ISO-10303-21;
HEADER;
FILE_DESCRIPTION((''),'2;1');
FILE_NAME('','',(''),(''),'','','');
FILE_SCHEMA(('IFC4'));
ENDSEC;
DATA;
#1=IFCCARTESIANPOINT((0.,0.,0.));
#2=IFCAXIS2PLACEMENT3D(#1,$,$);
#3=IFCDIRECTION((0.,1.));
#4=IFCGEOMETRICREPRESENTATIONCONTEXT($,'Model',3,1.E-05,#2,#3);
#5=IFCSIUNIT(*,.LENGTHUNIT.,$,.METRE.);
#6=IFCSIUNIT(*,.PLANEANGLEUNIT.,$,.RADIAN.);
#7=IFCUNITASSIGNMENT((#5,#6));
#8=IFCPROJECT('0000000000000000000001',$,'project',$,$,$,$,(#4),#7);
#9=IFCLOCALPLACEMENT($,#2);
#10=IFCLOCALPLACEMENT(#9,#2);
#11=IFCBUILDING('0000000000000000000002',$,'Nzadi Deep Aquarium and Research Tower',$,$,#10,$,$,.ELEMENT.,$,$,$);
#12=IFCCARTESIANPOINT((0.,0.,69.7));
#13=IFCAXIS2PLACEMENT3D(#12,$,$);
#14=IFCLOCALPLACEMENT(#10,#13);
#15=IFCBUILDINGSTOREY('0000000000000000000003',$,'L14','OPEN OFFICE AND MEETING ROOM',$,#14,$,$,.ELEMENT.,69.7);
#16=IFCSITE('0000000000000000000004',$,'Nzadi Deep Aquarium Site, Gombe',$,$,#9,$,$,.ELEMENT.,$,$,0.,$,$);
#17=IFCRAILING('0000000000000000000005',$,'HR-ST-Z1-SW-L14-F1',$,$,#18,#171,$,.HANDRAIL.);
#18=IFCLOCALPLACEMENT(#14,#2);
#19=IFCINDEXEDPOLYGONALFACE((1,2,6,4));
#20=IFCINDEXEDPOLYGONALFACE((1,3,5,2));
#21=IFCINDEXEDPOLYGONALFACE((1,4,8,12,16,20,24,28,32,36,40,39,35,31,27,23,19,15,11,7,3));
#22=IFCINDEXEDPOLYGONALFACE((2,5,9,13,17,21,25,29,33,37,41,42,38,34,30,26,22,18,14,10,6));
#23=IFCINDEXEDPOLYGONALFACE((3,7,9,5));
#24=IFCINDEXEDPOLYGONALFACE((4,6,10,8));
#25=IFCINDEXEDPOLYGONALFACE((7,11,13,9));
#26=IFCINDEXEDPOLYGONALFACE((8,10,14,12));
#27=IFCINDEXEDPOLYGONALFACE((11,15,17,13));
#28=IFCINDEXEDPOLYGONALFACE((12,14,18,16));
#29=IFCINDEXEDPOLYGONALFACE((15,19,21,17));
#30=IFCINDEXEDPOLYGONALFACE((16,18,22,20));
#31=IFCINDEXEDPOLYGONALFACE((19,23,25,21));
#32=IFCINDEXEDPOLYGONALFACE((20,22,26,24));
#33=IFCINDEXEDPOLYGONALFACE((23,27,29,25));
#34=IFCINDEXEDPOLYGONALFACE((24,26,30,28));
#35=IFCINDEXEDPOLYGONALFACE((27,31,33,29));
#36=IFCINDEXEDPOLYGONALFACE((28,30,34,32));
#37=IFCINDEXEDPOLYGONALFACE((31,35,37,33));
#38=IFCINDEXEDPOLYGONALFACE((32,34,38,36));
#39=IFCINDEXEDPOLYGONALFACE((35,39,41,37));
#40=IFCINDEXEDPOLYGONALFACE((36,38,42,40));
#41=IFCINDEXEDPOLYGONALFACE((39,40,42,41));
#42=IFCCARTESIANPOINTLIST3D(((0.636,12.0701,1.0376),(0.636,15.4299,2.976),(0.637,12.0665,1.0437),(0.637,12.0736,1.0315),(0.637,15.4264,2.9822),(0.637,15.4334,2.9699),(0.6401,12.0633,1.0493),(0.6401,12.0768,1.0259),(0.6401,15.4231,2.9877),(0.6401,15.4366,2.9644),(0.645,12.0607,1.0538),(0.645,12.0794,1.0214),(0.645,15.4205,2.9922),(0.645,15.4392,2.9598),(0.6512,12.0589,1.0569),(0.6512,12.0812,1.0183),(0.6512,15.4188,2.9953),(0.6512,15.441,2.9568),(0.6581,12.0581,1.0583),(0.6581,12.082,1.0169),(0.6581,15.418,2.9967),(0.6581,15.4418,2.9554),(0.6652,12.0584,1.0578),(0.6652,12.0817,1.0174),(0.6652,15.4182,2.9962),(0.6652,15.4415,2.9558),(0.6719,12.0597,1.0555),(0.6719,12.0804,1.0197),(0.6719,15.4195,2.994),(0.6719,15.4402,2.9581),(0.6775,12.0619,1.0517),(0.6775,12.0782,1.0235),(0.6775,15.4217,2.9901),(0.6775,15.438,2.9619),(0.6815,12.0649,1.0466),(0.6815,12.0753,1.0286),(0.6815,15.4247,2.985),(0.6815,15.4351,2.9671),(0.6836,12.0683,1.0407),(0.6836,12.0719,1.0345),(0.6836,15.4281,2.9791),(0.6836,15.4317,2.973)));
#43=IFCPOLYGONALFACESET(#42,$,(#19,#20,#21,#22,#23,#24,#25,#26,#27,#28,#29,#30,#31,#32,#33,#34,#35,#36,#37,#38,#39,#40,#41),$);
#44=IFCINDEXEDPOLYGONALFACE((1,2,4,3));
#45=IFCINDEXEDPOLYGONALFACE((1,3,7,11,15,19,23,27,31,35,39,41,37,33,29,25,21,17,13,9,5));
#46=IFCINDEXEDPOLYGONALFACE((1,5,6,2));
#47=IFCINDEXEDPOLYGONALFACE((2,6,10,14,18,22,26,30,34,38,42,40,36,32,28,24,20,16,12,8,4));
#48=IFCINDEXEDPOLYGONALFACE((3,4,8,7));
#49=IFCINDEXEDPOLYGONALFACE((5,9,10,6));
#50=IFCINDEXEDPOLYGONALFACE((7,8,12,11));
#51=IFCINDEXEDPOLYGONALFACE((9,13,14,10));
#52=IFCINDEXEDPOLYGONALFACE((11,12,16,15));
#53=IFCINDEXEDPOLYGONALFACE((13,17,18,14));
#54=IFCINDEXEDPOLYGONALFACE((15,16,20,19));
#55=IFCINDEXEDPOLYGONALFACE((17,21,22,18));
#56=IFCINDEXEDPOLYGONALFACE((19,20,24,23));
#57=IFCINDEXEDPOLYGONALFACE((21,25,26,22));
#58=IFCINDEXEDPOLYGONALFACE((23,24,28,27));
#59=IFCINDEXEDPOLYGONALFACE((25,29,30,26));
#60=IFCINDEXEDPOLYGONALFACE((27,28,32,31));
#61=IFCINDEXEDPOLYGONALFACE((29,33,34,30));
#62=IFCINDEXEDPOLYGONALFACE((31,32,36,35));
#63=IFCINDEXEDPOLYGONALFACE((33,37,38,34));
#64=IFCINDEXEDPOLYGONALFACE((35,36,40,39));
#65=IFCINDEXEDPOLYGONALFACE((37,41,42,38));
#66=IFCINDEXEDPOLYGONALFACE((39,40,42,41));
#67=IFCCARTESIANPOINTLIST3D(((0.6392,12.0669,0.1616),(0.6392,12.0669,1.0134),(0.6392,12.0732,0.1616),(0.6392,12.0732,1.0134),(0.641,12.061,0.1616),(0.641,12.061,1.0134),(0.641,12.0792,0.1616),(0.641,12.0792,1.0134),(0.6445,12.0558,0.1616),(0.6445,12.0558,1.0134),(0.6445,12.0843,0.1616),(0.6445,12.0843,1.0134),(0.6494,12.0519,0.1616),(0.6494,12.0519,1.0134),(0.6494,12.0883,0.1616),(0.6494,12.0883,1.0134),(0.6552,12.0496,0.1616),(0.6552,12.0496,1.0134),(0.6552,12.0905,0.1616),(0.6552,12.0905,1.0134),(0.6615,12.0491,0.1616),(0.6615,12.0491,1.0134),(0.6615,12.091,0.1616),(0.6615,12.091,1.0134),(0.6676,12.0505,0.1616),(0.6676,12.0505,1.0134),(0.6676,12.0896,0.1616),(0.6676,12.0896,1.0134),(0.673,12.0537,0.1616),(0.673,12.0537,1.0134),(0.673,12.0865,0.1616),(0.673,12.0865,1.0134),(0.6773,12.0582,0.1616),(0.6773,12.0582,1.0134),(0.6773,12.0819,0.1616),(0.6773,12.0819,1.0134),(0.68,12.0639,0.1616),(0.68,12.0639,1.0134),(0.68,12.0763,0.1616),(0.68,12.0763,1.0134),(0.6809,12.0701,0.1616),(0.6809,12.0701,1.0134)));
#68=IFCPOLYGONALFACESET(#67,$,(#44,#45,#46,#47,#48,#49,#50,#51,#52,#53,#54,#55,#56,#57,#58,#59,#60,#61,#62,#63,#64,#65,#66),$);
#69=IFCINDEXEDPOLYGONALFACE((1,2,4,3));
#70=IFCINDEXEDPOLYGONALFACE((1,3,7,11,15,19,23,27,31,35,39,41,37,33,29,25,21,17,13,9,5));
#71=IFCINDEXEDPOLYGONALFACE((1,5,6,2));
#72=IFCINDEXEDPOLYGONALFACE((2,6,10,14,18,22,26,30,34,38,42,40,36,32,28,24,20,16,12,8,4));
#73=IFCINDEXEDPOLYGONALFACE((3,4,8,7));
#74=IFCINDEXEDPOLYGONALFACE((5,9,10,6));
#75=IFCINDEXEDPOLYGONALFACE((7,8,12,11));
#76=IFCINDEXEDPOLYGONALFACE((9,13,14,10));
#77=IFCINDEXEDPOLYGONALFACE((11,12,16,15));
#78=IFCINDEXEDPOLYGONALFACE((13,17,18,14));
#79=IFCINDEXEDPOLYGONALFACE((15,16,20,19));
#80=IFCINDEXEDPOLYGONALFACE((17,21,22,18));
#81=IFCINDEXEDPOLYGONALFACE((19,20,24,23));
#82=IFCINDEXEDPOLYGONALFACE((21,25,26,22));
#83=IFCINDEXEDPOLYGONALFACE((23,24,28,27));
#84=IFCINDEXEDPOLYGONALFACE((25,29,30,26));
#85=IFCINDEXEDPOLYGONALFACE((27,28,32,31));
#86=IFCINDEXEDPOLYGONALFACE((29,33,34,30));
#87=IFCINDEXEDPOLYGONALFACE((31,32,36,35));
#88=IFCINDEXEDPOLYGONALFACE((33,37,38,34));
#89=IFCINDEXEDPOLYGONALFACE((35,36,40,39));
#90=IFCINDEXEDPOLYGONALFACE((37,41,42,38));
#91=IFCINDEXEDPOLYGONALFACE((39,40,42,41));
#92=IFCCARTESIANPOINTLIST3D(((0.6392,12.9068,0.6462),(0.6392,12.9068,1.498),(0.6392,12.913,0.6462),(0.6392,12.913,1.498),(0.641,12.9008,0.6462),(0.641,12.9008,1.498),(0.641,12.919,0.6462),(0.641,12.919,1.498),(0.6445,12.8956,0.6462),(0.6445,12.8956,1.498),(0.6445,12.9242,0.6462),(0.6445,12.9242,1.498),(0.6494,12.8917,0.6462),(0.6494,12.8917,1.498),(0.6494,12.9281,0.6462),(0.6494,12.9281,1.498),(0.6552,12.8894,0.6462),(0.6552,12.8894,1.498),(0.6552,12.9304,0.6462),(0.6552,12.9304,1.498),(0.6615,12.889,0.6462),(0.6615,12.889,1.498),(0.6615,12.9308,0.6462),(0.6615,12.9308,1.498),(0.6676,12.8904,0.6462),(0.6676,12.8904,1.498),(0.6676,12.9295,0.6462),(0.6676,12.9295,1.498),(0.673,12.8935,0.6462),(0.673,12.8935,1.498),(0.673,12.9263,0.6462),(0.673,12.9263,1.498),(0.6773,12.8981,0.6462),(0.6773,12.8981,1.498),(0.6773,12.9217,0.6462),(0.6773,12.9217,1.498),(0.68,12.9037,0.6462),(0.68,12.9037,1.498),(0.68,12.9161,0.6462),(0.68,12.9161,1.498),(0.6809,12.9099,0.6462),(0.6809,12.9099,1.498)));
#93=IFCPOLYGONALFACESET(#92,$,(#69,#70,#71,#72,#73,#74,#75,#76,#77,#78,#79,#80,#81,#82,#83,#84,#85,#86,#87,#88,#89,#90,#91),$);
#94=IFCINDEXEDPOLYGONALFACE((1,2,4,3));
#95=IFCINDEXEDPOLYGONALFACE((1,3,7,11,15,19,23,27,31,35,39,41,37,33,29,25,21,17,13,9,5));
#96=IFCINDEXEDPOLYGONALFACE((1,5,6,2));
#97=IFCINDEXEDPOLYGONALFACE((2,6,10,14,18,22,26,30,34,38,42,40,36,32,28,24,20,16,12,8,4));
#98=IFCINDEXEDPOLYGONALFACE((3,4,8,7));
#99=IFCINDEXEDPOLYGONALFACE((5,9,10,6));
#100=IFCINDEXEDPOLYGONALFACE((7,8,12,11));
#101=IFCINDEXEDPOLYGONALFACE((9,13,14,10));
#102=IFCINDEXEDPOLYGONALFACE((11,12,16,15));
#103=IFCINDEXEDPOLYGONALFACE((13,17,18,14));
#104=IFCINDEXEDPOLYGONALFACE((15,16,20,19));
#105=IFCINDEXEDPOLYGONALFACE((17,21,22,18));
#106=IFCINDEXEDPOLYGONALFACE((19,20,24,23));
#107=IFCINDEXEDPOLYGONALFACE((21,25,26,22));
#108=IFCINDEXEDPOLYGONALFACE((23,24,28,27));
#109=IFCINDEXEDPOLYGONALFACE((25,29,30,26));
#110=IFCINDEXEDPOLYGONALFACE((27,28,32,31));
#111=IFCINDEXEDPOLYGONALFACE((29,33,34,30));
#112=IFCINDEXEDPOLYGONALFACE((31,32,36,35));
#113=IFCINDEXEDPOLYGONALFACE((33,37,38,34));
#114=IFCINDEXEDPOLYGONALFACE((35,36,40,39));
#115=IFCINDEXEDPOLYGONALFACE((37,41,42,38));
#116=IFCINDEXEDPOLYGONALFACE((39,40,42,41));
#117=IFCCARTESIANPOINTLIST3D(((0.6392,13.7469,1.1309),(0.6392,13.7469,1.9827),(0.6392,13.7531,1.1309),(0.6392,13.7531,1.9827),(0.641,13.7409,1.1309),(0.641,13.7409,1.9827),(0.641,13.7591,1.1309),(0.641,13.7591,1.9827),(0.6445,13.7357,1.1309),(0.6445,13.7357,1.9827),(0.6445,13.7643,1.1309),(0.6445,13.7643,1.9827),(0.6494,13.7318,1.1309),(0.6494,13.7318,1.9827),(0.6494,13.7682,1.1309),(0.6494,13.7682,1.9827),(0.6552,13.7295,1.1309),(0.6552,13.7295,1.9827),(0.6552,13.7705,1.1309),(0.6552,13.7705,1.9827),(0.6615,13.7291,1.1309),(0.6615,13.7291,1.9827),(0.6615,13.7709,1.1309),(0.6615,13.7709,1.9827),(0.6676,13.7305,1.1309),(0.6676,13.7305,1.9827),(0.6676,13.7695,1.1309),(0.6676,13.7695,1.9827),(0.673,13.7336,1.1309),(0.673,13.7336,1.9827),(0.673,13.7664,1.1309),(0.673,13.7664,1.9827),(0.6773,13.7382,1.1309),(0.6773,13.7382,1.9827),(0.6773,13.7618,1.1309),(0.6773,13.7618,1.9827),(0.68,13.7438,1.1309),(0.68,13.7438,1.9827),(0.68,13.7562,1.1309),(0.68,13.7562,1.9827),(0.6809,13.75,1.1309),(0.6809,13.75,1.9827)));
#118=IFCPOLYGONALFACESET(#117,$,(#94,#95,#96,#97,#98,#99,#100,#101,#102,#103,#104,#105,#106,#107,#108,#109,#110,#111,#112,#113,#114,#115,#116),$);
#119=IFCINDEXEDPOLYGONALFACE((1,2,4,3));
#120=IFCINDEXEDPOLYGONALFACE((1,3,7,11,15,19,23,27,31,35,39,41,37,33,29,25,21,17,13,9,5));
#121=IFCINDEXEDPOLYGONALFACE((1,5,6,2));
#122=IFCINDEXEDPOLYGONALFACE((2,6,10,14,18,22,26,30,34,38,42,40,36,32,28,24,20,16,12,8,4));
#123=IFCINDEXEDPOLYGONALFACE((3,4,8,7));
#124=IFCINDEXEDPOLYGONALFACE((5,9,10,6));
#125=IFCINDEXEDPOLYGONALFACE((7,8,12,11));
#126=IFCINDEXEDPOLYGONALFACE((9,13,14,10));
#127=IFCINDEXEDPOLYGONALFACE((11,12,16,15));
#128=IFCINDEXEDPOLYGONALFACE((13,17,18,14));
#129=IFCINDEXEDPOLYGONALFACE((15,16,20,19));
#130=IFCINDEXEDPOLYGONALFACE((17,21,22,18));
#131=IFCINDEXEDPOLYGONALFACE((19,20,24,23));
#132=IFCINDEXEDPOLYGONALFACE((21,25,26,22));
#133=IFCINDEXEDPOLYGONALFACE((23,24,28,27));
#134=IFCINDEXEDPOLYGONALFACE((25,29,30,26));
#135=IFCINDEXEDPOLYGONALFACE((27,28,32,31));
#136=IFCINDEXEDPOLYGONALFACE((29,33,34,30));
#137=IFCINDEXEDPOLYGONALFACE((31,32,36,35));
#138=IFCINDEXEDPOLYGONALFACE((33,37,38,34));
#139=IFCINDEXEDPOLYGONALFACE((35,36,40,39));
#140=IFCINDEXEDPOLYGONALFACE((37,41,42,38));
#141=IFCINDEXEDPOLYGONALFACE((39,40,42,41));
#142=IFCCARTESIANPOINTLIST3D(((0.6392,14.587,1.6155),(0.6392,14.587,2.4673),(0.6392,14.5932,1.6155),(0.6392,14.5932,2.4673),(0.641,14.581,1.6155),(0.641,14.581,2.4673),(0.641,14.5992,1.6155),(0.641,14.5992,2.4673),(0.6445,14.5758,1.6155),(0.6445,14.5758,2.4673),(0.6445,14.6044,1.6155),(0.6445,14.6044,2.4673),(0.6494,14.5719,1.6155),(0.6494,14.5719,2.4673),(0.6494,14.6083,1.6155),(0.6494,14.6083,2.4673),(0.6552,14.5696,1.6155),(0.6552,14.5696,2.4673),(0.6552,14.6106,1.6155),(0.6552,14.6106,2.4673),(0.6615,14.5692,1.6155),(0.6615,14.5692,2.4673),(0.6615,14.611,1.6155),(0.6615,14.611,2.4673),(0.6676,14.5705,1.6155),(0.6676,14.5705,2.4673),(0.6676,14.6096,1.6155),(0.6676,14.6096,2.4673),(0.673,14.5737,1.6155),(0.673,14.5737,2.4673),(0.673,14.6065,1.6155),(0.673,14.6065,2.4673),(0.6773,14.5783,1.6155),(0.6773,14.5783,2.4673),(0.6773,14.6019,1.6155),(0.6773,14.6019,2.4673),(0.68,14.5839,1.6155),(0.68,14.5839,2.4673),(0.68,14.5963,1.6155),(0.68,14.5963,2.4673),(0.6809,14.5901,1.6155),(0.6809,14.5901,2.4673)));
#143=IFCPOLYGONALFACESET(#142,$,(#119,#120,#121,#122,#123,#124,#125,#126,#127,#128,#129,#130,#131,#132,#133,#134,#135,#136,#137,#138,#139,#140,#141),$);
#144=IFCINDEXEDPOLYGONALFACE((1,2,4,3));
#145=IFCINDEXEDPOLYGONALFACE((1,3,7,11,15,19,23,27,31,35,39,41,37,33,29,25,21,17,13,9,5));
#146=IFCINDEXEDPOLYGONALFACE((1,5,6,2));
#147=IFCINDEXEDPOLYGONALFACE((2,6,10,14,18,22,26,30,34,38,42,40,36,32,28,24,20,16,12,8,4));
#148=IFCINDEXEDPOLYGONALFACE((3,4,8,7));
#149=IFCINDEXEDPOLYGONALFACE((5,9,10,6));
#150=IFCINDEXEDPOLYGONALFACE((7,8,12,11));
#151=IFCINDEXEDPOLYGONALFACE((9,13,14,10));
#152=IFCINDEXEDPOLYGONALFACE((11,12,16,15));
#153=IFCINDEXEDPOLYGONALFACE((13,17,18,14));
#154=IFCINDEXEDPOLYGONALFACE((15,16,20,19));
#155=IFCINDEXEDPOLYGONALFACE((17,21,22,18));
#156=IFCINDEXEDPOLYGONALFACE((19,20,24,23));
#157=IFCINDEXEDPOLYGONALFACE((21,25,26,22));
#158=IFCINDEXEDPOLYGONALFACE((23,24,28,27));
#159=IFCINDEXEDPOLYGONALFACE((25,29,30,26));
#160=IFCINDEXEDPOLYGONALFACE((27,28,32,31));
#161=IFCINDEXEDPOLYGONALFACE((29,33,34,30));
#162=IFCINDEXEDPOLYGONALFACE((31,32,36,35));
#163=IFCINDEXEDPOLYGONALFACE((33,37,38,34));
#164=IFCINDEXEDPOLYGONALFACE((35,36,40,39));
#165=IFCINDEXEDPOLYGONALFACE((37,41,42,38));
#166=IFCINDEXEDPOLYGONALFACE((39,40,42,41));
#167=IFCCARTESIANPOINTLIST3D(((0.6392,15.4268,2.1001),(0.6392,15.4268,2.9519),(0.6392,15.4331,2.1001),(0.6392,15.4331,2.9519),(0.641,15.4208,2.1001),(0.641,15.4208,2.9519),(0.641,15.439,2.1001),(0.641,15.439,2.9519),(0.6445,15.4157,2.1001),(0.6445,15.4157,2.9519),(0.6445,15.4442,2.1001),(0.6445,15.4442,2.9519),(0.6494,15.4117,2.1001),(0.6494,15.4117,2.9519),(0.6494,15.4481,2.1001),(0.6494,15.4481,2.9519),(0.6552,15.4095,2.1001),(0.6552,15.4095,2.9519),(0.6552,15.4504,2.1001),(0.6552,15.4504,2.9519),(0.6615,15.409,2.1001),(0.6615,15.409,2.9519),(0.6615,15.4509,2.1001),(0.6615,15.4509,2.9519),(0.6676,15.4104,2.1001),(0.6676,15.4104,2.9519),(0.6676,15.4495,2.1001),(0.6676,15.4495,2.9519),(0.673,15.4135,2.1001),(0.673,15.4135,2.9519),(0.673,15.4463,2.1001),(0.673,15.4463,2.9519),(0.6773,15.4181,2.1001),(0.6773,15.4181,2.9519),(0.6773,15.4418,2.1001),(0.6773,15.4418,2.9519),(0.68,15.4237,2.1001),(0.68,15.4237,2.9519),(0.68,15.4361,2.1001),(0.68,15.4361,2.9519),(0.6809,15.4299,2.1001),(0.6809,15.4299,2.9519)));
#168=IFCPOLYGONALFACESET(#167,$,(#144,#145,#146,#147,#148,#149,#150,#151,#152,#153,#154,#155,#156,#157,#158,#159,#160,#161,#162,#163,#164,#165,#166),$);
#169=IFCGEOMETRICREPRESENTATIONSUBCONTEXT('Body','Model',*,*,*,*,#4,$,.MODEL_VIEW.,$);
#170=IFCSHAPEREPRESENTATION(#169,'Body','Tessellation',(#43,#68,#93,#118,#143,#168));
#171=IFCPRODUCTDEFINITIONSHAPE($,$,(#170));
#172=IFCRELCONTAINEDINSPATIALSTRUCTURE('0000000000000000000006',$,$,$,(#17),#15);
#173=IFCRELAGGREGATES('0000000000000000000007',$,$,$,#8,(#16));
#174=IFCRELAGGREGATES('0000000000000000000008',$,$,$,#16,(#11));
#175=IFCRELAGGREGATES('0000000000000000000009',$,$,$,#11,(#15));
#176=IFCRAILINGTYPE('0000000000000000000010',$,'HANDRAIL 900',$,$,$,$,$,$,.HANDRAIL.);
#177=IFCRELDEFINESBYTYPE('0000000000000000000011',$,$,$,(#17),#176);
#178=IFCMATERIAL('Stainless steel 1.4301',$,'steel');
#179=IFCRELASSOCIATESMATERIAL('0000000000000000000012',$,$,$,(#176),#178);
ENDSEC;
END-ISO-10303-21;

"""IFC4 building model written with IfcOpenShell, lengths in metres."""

from ifc_helpers import new_model, si_unit, direction, frame, origin, origin_2d, place, context, subcontext, project, spatial, circle, extrude, material, type_object, element, save


model = new_model("IFC4")

# Units and contexts
model_context = context("Model", 3, precision=1e-05, world=origin(), true_north=direction((0.0, 1.0)))
body_context = subcontext(model_context, "Body", "Model", "MODEL_VIEW")
ifc_project = project(units=[si_unit("LENGTHUNIT", "METRE"), si_unit("PLANEANGLEUNIT", "RADIAN")], contexts=[model_context])

# Site, building, storey
site_placement = place(None, origin())
site = spatial("IfcSite", under=ifc_project, at=site_placement, Name="Nzadi Deep Aquarium Site, Gombe", CompositionType="ELEMENT", RefElevation=0.0)
building_placement = place(site_placement, origin())
building = spatial("IfcBuilding", under=site, at=building_placement, Name="Nzadi Deep Aquarium and Research Tower", CompositionType="ELEMENT")
storey_placement = place(building_placement, frame((0.0, 0.0, 69.7)))
storey = spatial("IfcBuildingStorey", under=building, at=storey_placement, Name="L14", Description="OPEN OFFICE AND MEETING ROOM", CompositionType="ELEMENT", Elevation=69.7)

# Railing
ifc_material_1 = material(Name="Stainless steel 1.4301", Category="steel")
railing_type = type_object("IfcRailingType", Name="HANDRAIL 900", PredefinedType="HANDRAIL", material=ifc_material_1)
for number, where, name in (
    (1, (0.6599, 12.0701, 0.1616), "HR-ST-Z1-SW-L14-F1"),
):
    element("IfcRailing", number, at=place(storey_placement, frame(where)), inside=storey, type_object=railing_type, Name=name, PredefinedType="HANDRAIL", context=body_context, shape_type="SweptSolid", body=[
        extrude(circle(Radius=0.0239, at=origin_2d()), frame((0.0, 0.0, 0.876), z_axis=(0.0, 0.866175, 0.499741), x_axis=(-1.0, 0.0, 0.0)), (0.0, 0.0, 1.0), 3.8789),
        extrude(circle(Radius=0.021, at=origin_2d()), origin(), (0.0, 0.0, 1.0), 0.8518),
        extrude(circle(Radius=0.021, at=origin_2d()), frame((0.0, 0.8398, 0.4846)), (0.0, 0.0, 1.0), 0.8518),
        extrude(circle(Radius=0.021, at=origin_2d()), frame((0.0, 1.6799, 0.9692)), (0.0, 0.0, 1.0), 0.8518),
        extrude(circle(Radius=0.021, at=origin_2d()), frame((0.0, 2.52, 1.4539)), (0.0, 0.0, 1.0), 0.8518),
        extrude(circle(Radius=0.021, at=origin_2d()), frame((0.0, 3.3599, 1.9385)), (0.0, 0.0, 1.0), 0.8518),
    ])

save(model, "model.ifc")
